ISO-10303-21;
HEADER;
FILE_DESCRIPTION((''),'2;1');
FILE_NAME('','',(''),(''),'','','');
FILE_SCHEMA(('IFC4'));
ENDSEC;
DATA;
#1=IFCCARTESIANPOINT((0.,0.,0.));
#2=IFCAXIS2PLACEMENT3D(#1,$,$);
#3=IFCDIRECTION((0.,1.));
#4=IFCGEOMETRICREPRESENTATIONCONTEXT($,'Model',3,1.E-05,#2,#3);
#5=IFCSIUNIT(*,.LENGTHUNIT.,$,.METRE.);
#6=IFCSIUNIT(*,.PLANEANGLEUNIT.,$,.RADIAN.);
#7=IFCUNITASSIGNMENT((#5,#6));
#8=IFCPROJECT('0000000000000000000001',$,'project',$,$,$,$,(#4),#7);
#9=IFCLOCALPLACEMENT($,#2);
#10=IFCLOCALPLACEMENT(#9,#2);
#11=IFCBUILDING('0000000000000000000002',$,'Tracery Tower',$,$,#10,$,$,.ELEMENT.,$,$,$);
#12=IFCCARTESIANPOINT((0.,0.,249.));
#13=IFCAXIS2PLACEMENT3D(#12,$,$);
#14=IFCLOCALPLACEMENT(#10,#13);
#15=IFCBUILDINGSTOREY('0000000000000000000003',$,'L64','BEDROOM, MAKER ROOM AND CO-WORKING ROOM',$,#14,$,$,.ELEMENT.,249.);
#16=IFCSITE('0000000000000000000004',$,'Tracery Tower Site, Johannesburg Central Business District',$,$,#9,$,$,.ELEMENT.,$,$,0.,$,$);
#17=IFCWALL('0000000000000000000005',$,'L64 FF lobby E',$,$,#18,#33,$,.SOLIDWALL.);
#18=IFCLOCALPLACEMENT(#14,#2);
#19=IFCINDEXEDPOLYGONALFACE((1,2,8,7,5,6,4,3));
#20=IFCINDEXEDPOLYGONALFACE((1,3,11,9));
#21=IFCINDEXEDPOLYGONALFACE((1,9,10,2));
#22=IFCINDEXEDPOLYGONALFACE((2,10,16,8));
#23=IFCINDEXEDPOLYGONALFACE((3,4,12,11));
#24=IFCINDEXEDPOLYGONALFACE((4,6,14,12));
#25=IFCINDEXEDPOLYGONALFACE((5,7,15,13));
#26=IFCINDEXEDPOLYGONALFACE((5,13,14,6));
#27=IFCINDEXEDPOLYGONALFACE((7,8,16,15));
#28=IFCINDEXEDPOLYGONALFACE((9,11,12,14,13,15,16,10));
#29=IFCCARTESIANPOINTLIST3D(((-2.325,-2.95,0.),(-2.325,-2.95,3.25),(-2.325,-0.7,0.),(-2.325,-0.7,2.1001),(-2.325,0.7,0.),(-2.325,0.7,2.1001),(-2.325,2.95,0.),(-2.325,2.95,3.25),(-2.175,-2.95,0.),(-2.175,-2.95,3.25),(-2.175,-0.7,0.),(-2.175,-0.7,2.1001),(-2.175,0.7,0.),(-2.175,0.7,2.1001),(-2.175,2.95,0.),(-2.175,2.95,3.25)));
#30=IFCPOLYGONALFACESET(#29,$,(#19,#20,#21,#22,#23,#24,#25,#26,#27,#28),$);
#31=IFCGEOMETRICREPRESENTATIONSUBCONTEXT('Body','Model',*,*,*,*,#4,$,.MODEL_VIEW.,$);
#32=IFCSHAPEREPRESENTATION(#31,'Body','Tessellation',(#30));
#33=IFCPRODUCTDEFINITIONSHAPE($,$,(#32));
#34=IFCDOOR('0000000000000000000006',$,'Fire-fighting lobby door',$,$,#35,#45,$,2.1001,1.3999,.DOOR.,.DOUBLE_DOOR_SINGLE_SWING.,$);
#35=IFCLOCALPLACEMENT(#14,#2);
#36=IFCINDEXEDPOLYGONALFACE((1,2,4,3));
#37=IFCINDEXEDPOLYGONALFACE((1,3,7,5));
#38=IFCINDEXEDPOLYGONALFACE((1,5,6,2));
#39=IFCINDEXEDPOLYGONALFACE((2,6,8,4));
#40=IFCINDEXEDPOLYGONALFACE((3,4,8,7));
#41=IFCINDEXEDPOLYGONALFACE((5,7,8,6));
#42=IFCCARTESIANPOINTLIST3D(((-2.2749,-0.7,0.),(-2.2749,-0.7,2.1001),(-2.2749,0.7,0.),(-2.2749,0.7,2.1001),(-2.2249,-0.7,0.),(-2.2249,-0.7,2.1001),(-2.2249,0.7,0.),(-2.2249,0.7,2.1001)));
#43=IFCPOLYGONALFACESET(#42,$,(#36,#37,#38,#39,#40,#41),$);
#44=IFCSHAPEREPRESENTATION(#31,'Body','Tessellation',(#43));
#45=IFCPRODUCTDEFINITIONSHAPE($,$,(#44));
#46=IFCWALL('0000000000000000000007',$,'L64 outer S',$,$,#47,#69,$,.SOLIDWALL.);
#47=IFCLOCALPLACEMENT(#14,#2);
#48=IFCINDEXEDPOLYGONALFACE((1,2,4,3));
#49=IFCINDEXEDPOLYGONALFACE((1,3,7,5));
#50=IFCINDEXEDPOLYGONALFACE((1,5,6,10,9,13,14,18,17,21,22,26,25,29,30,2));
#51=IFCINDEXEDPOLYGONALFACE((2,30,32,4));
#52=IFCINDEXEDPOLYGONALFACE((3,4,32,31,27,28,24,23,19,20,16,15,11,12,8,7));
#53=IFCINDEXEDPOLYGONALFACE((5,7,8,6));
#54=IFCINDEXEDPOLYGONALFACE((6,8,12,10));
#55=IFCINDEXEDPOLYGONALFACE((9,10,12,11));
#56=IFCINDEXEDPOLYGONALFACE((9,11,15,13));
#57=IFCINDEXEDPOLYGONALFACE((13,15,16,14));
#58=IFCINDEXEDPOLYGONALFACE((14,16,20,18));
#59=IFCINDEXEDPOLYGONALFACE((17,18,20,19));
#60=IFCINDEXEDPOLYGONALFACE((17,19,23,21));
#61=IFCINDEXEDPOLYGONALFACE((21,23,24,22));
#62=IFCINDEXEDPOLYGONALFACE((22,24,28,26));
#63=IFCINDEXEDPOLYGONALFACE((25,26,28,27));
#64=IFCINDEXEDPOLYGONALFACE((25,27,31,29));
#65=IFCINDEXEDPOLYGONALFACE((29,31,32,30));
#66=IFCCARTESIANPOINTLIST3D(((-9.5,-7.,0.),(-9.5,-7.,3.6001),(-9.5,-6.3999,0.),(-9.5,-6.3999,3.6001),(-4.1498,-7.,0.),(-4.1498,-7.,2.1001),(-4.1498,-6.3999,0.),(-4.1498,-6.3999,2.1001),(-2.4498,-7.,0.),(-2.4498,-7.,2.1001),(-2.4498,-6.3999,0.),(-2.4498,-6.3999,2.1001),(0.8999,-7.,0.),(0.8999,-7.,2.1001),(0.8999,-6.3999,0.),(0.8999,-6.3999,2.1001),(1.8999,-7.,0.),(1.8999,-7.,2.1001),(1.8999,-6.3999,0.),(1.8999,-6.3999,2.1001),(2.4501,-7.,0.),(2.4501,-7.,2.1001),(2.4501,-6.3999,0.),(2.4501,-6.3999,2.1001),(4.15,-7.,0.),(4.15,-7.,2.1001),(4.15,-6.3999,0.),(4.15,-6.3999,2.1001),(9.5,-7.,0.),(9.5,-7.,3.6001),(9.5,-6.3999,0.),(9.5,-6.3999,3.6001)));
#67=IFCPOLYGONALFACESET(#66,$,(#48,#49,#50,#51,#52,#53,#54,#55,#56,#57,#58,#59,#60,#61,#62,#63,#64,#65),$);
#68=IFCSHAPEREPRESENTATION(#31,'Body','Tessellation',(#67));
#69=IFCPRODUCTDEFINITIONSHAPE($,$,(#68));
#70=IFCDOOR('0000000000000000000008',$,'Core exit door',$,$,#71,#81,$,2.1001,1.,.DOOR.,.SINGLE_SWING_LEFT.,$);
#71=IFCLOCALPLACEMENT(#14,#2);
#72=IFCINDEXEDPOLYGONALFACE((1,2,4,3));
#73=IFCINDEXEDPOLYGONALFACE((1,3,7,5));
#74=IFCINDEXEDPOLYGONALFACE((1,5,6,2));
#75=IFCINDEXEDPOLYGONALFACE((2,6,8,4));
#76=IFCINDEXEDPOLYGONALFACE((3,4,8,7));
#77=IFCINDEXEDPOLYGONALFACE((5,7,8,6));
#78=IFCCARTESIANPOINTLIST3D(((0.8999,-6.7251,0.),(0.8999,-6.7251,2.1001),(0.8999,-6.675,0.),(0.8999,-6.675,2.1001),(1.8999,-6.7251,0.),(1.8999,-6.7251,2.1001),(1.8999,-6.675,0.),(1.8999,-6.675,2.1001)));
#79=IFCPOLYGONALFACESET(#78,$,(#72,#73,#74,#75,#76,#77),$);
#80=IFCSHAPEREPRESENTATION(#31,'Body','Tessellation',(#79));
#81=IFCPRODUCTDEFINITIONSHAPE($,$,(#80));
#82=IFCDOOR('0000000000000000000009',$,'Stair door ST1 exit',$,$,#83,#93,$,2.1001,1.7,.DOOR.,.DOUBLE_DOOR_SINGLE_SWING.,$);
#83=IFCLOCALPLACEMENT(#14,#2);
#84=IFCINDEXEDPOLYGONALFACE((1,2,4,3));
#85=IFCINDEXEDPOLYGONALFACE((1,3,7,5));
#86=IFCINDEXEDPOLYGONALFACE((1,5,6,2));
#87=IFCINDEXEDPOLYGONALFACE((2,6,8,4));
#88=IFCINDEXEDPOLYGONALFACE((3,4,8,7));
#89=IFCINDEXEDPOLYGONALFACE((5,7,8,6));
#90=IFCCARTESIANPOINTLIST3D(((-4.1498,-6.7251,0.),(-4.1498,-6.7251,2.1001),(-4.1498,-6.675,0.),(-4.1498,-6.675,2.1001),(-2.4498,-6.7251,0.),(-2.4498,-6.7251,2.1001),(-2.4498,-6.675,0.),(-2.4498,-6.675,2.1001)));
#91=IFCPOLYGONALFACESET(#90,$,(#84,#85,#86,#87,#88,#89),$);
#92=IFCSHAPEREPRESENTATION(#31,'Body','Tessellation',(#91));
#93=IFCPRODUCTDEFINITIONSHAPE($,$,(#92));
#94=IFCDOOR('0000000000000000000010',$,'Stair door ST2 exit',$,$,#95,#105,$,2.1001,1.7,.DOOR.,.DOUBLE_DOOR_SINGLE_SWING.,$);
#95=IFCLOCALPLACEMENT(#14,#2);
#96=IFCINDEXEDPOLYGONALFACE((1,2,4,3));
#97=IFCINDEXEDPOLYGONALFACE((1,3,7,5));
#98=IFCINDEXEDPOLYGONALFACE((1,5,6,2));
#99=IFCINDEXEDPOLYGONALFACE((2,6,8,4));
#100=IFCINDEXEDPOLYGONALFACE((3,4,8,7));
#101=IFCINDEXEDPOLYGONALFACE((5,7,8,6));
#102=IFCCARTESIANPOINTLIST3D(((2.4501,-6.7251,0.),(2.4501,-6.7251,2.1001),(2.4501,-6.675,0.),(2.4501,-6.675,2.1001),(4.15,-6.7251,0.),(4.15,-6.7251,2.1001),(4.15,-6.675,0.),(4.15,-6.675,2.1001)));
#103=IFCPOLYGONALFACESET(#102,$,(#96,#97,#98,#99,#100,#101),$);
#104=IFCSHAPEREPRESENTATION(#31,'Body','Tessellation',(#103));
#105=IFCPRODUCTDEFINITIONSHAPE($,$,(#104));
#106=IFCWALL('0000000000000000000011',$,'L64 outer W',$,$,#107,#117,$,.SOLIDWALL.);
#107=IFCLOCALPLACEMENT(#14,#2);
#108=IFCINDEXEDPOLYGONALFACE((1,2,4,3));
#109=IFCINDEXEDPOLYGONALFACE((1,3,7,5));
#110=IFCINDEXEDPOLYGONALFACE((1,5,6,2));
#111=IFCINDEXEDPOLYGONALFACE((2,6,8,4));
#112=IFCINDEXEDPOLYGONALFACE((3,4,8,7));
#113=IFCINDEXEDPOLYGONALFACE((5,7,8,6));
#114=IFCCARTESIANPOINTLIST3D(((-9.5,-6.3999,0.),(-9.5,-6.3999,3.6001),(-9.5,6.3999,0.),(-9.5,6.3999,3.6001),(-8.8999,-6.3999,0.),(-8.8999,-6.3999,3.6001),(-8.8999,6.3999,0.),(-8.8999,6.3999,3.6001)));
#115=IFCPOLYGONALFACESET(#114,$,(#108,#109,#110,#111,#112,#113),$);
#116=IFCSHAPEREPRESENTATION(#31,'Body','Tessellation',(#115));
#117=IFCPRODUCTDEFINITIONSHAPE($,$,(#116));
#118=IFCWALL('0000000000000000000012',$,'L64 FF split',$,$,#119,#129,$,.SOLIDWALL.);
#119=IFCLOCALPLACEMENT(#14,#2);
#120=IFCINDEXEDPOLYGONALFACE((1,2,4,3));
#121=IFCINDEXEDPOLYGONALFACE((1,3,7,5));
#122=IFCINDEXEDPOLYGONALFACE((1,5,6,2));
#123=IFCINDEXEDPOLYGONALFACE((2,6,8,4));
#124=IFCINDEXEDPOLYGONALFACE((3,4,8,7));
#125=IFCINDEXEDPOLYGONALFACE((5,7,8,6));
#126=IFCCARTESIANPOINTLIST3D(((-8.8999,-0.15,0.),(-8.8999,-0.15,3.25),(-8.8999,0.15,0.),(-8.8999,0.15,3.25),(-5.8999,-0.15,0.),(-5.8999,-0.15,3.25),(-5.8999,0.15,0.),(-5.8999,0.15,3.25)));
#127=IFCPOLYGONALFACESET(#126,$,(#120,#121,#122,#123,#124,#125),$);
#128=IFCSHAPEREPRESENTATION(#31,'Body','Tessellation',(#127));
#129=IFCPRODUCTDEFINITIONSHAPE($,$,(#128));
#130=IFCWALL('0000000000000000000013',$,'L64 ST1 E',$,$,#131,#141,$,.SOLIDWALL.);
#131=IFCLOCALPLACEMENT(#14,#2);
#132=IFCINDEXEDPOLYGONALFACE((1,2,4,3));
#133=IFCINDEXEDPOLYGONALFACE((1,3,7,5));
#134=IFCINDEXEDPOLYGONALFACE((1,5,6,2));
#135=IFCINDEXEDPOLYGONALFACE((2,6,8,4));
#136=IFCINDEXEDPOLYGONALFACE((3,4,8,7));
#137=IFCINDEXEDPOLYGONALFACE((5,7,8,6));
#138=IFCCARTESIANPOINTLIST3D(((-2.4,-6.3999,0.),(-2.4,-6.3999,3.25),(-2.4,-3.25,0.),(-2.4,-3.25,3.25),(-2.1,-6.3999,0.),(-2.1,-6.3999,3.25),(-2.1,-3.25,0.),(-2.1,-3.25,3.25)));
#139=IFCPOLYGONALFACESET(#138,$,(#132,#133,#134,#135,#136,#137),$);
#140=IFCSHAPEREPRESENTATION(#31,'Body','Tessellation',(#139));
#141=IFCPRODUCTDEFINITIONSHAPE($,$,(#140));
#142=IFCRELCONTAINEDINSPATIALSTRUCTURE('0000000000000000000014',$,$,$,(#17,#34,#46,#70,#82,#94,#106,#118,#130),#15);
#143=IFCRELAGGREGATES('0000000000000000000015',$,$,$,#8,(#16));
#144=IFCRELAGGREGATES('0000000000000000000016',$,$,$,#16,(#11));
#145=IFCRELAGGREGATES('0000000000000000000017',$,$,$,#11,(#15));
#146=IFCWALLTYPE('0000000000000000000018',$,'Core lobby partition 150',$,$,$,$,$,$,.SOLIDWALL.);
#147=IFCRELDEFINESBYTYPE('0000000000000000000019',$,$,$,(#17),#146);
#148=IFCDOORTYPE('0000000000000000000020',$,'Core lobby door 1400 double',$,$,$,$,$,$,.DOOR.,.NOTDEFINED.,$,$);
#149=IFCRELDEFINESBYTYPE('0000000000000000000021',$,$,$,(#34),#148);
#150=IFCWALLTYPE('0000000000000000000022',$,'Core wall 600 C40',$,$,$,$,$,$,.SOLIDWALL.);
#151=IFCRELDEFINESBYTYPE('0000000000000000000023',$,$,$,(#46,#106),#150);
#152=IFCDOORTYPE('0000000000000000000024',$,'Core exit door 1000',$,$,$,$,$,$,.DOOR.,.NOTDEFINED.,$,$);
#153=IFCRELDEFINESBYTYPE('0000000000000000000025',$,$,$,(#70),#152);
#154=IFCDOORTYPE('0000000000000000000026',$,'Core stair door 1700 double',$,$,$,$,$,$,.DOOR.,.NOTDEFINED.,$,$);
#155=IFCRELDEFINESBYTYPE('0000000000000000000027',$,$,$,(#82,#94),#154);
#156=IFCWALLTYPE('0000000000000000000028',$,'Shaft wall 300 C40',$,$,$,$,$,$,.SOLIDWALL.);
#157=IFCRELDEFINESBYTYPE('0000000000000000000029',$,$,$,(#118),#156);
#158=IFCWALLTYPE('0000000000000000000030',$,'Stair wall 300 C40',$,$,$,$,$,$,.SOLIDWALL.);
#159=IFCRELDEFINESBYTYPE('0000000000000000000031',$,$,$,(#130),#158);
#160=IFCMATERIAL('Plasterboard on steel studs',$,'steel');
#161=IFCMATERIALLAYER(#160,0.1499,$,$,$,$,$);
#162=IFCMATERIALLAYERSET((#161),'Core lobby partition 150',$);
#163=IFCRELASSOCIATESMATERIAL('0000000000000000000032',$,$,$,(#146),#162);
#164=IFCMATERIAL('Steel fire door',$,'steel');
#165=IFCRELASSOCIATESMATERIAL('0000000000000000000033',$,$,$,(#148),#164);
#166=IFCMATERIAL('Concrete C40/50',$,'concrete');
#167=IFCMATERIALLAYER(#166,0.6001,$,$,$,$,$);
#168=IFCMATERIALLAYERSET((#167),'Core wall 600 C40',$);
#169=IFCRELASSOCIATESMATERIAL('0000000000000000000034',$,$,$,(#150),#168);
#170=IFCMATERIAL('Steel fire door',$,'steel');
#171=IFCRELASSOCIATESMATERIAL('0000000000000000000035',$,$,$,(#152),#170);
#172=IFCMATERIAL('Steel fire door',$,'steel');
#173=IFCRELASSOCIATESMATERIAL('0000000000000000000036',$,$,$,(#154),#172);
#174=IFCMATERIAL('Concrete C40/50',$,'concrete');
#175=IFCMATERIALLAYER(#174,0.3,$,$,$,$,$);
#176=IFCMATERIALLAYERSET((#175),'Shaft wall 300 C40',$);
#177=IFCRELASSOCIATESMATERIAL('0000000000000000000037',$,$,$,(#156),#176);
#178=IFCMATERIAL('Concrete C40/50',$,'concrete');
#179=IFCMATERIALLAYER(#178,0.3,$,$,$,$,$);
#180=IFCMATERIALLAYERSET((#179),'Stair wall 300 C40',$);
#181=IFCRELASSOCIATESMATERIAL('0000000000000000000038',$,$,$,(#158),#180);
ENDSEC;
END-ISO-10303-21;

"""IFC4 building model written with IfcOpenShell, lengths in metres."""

from ifc_helpers import new_model, si_unit, direction, frame, frame_2d, origin, place, context, subcontext, project, spatial, rectangle, extrude, material, layer, layer_set, type_object, element, fill, save


model = new_model("IFC4")

# Units and contexts
model_context = context("Model", 3, precision=1e-05, world=origin(), true_north=direction((0.0, 1.0)))
body_context = subcontext(model_context, "Body", "Model", "MODEL_VIEW")
ifc_project = project(units=[si_unit("LENGTHUNIT", "METRE"), si_unit("PLANEANGLEUNIT", "RADIAN")], contexts=[model_context])

# Site, building, storey
site_placement = place(None, origin())
site = spatial("IfcSite", under=ifc_project, at=site_placement, Name="Tracery Tower Site, Johannesburg Central Business District", CompositionType="ELEMENT", RefElevation=0.0)
building_placement = place(site_placement, origin())
building = spatial("IfcBuilding", under=site, at=building_placement, Name="Tracery Tower", CompositionType="ELEMENT")
storey_placement = place(building_placement, frame((0.0, 0.0, 249.0)))
storey = spatial("IfcBuildingStorey", under=building, at=storey_placement, Name="L64", Description="BEDROOM, MAKER ROOM AND CO-WORKING ROOM", CompositionType="ELEMENT", Elevation=249.0)

# Wall, opening, door
ifc_material_1 = material(Name="Plasterboard on steel studs", Category="steel")
ifc_layer_1 = layer(ifc_material_1, 0.1499)
ifc_layer_set_1 = layer_set([ifc_layer_1], Name="Core lobby partition 150")
wall_type_1 = type_object("IfcWallType", Name="Core lobby partition 150", PredefinedType="SOLIDWALL", material=ifc_layer_set_1)
wall_1_placement = place(storey_placement, frame((-2.25, -2.95, 0.0), z_axis=(0.0, 0.0, 1.0), x_axis=(0.0, 1.0, 0.0)))
wall_1 = element("IfcWall", 1, at=wall_1_placement, inside=storey, type_object=wall_type_1, Name="L64 FF lobby E", PredefinedType="SOLIDWALL", context=body_context, shape_type="SweptSolid", body=[
    extrude(rectangle(XDim=5.8999, YDim=0.1499, at=frame_2d((2.95, 0.0))), origin(), (0.0, 0.0, 1.0), 3.25),
])
opening_1_placement = place(wall_1_placement, frame((2.25, 0.0, 0.0)))
opening_1 = element("IfcOpeningElement", 2, at=opening_1_placement, cuts=wall_1, PredefinedType="OPENING", context=body_context, shape_type="SweptSolid", body=[
    extrude(rectangle(XDim=1.3999, YDim=2.1001, at=frame_2d((0.7, 1.05))), frame((0.0, 0.075, 0.0), z_axis=(0.0, -1.0, 0.0), x_axis=(1.0, 0.0, 0.0)), (0.0, 0.0, 1.0), 0.1499),
])
ifc_material_2 = material(Name="Steel fire door", Category="steel")
door_type_1 = type_object("IfcDoorType", Name="Core lobby door 1400 double", OperationType="NOTDEFINED", PredefinedType="DOOR", material=ifc_material_2)
door_1_placement = place(opening_1_placement, origin())
door_1 = element("IfcDoor", 3, at=door_1_placement, inside=storey, type_object=door_type_1, Name="Fire-fighting lobby door", OperationType="DOUBLE_DOOR_SINGLE_SWING", OverallHeight=2.1001, OverallWidth=1.3999, PredefinedType="DOOR", context=body_context, shape_type="SweptSolid", body=[
    extrude(rectangle(XDim=1.3999, YDim=2.1001, at=frame_2d((0.7, 1.05))), frame((0.0, 0.0249, 0.0), z_axis=(0.0, -1.0, 0.0), x_axis=(1.0, 0.0, 0.0)), (0.0, 0.0, 1.0), 0.05),
])
fill(opening_1, door_1)

# Wall, openings, doors
ifc_material_3 = material(Name="Concrete C40/50", Category="concrete")
ifc_layer_2 = layer(ifc_material_3, 0.6001)
ifc_layer_set_2 = layer_set([ifc_layer_2], Name="Core wall 600 C40")
wall_type_2 = type_object("IfcWallType", Name="Core wall 600 C40", PredefinedType="SOLIDWALL", material=ifc_layer_set_2)
wall_2_placement = place(storey_placement, frame((-9.5, -6.7, 0.0), z_axis=(0.0, 0.0, 1.0), x_axis=(1.0, 0.0, 0.0)))
wall_2 = element("IfcWall", 4, at=wall_2_placement, inside=storey, type_object=wall_type_2, Name="L64 outer S", PredefinedType="SOLIDWALL", context=body_context, shape_type="SweptSolid", body=[
    extrude(rectangle(XDim=19.0, YDim=0.6001, at=frame_2d((9.5, 0.0))), origin(), (0.0, 0.0, 1.0), 3.6001),
])
opening_2_placement = place(wall_2_placement, frame((10.3999, 0.0, 0.0)))
opening_2 = element("IfcOpeningElement", 5, at=opening_2_placement, cuts=wall_2, PredefinedType="OPENING", context=body_context, shape_type="SweptSolid", body=[
    extrude(rectangle(XDim=1.0, YDim=2.1001, at=frame_2d((0.5, 1.05))), frame((0.0, 0.3, 0.0), z_axis=(0.0, -1.0, 0.0), x_axis=(1.0, 0.0, 0.0)), (0.0, 0.0, 1.0), 0.6001),
])
opening_3_placement = place(wall_2_placement, frame((5.3501, 0.0, 0.0)))
opening_3 = element("IfcOpeningElement", 6, at=opening_3_placement, cuts=wall_2, PredefinedType="OPENING", context=body_context, shape_type="SweptSolid", body=[
    extrude(rectangle(XDim=1.7, YDim=2.1001, at=frame_2d((0.8501, 1.05))), frame((0.0, 0.3, 0.0), z_axis=(0.0, -1.0, 0.0), x_axis=(1.0, 0.0, 0.0)), (0.0, 0.0, 1.0), 0.6001),
])
opening_4_placement = place(wall_2_placement, frame((11.95, 0.0, 0.0)))
opening_4 = element("IfcOpeningElement", 7, at=opening_4_placement, cuts=wall_2, PredefinedType="OPENING", context=body_context, shape_type="SweptSolid", body=[
    extrude(rectangle(XDim=1.7, YDim=2.1001, at=frame_2d((0.8501, 1.05))), frame((0.0, 0.3, 0.0), z_axis=(0.0, -1.0, 0.0), x_axis=(1.0, 0.0, 0.0)), (0.0, 0.0, 1.0), 0.6001),
])
ifc_material_4 = material(Name="Steel fire door", Category="steel")
door_type_2 = type_object("IfcDoorType", Name="Core exit door 1000", OperationType="NOTDEFINED", PredefinedType="DOOR", material=ifc_material_4)
door_2_placement = place(opening_2_placement, origin())
door_2 = element("IfcDoor", 8, at=door_2_placement, inside=storey, type_object=door_type_2, Name="Core exit door", OperationType="SINGLE_SWING_LEFT", OverallHeight=2.1001, OverallWidth=1.0, PredefinedType="DOOR", context=body_context, shape_type="SweptSolid", body=[
    extrude(rectangle(XDim=1.0, YDim=2.1001, at=frame_2d((0.5, 1.05))), frame((0.0, 0.0249, 0.0), z_axis=(0.0, -1.0, 0.0), x_axis=(1.0, 0.0, 0.0)), (0.0, 0.0, 1.0), 0.05),
])
fill(opening_2, door_2)
ifc_material_5 = material(Name="Steel fire door", Category="steel")
door_type_3 = type_object("IfcDoorType", Name="Core stair door 1700 double", OperationType="NOTDEFINED", PredefinedType="DOOR", material=ifc_material_5)
door_3_placement = place(opening_3_placement, origin())
door_3 = element("IfcDoor", 9, at=door_3_placement, inside=storey, type_object=door_type_3, Name="Stair door ST1 exit", OperationType="DOUBLE_DOOR_SINGLE_SWING", OverallHeight=2.1001, OverallWidth=1.7, PredefinedType="DOOR", context=body_context, shape_type="SweptSolid", body=[
    extrude(rectangle(XDim=1.7, YDim=2.1001, at=frame_2d((0.8501, 1.05))), frame((0.0, 0.0249, 0.0), z_axis=(0.0, -1.0, 0.0), x_axis=(1.0, 0.0, 0.0)), (0.0, 0.0, 1.0), 0.05),
])
fill(opening_3, door_3)
door_4_placement = place(opening_4_placement, origin())
door_4 = element("IfcDoor", 10, at=door_4_placement, inside=storey, type_object=door_type_3, Name="Stair door ST2 exit", OperationType="DOUBLE_DOOR_SINGLE_SWING", OverallHeight=2.1001, OverallWidth=1.7, PredefinedType="DOOR", context=body_context, shape_type="SweptSolid", body=[
    extrude(rectangle(XDim=1.7, YDim=2.1001, at=frame_2d((0.8501, 1.05))), frame((0.0, 0.0249, 0.0), z_axis=(0.0, -1.0, 0.0), x_axis=(1.0, 0.0, 0.0)), (0.0, 0.0, 1.0), 0.05),
])
fill(opening_4, door_4)

# Walls
wall_3_placement = place(storey_placement, frame((-9.2, -6.3999, 0.0), z_axis=(0.0, 0.0, 1.0), x_axis=(0.0, 1.0, 0.0)))
element("IfcWall", 11, at=wall_3_placement, inside=storey, type_object=wall_type_2, Name="L64 outer W", PredefinedType="SOLIDWALL", context=body_context, shape_type="SweptSolid", body=[
    extrude(rectangle(XDim=12.7998, YDim=0.6001, at=frame_2d((6.3999, 0.0))), origin(), (0.0, 0.0, 1.0), 3.6001),
])
ifc_material_6 = material(Name="Concrete C40/50", Category="concrete")
ifc_layer_3 = layer(ifc_material_6, 0.3)
ifc_layer_set_3 = layer_set([ifc_layer_3], Name="Shaft wall 300 C40")
wall_type_3 = type_object("IfcWallType", Name="Shaft wall 300 C40", PredefinedType="SOLIDWALL", material=ifc_layer_set_3)
wall_4_placement = place(storey_placement, frame((-8.8999, 0.0, 0.0), z_axis=(0.0, 0.0, 1.0), x_axis=(1.0, 0.0, 0.0)))
element("IfcWall", 12, at=wall_4_placement, inside=storey, type_object=wall_type_3, Name="L64 FF split", PredefinedType="SOLIDWALL", context=body_context, shape_type="SweptSolid", body=[
    extrude(rectangle(XDim=3.0, YDim=0.3, at=frame_2d((1.5, 0.0))), origin(), (0.0, 0.0, 1.0), 3.25),
])

# Shared definitions
ifc_material_7 = material(Name="Concrete C40/50", Category="concrete")
ifc_layer_4 = layer(ifc_material_7, 0.3)
ifc_layer_set_4 = layer_set([ifc_layer_4], Name="Stair wall 300 C40")
wall_type_4 = type_object("IfcWallType", Name="Stair wall 300 C40", PredefinedType="SOLIDWALL", material=ifc_layer_set_4)

# Wall
wall_5_placement = place(storey_placement, frame((-2.25, -6.3999, 0.0), z_axis=(0.0, 0.0, 1.0), x_axis=(0.0, 1.0, 0.0)))
element("IfcWall", 13, at=wall_5_placement, inside=storey, type_object=wall_type_4, Name="L64 ST1 E", PredefinedType="SOLIDWALL", context=body_context, shape_type="SweptSolid", body=[
    extrude(rectangle(XDim=3.1499, YDim=0.3, at=frame_2d((1.575, 0.0))), origin(), (0.0, 0.0, 1.0), 3.25),
])

save(model, "model.ifc")
